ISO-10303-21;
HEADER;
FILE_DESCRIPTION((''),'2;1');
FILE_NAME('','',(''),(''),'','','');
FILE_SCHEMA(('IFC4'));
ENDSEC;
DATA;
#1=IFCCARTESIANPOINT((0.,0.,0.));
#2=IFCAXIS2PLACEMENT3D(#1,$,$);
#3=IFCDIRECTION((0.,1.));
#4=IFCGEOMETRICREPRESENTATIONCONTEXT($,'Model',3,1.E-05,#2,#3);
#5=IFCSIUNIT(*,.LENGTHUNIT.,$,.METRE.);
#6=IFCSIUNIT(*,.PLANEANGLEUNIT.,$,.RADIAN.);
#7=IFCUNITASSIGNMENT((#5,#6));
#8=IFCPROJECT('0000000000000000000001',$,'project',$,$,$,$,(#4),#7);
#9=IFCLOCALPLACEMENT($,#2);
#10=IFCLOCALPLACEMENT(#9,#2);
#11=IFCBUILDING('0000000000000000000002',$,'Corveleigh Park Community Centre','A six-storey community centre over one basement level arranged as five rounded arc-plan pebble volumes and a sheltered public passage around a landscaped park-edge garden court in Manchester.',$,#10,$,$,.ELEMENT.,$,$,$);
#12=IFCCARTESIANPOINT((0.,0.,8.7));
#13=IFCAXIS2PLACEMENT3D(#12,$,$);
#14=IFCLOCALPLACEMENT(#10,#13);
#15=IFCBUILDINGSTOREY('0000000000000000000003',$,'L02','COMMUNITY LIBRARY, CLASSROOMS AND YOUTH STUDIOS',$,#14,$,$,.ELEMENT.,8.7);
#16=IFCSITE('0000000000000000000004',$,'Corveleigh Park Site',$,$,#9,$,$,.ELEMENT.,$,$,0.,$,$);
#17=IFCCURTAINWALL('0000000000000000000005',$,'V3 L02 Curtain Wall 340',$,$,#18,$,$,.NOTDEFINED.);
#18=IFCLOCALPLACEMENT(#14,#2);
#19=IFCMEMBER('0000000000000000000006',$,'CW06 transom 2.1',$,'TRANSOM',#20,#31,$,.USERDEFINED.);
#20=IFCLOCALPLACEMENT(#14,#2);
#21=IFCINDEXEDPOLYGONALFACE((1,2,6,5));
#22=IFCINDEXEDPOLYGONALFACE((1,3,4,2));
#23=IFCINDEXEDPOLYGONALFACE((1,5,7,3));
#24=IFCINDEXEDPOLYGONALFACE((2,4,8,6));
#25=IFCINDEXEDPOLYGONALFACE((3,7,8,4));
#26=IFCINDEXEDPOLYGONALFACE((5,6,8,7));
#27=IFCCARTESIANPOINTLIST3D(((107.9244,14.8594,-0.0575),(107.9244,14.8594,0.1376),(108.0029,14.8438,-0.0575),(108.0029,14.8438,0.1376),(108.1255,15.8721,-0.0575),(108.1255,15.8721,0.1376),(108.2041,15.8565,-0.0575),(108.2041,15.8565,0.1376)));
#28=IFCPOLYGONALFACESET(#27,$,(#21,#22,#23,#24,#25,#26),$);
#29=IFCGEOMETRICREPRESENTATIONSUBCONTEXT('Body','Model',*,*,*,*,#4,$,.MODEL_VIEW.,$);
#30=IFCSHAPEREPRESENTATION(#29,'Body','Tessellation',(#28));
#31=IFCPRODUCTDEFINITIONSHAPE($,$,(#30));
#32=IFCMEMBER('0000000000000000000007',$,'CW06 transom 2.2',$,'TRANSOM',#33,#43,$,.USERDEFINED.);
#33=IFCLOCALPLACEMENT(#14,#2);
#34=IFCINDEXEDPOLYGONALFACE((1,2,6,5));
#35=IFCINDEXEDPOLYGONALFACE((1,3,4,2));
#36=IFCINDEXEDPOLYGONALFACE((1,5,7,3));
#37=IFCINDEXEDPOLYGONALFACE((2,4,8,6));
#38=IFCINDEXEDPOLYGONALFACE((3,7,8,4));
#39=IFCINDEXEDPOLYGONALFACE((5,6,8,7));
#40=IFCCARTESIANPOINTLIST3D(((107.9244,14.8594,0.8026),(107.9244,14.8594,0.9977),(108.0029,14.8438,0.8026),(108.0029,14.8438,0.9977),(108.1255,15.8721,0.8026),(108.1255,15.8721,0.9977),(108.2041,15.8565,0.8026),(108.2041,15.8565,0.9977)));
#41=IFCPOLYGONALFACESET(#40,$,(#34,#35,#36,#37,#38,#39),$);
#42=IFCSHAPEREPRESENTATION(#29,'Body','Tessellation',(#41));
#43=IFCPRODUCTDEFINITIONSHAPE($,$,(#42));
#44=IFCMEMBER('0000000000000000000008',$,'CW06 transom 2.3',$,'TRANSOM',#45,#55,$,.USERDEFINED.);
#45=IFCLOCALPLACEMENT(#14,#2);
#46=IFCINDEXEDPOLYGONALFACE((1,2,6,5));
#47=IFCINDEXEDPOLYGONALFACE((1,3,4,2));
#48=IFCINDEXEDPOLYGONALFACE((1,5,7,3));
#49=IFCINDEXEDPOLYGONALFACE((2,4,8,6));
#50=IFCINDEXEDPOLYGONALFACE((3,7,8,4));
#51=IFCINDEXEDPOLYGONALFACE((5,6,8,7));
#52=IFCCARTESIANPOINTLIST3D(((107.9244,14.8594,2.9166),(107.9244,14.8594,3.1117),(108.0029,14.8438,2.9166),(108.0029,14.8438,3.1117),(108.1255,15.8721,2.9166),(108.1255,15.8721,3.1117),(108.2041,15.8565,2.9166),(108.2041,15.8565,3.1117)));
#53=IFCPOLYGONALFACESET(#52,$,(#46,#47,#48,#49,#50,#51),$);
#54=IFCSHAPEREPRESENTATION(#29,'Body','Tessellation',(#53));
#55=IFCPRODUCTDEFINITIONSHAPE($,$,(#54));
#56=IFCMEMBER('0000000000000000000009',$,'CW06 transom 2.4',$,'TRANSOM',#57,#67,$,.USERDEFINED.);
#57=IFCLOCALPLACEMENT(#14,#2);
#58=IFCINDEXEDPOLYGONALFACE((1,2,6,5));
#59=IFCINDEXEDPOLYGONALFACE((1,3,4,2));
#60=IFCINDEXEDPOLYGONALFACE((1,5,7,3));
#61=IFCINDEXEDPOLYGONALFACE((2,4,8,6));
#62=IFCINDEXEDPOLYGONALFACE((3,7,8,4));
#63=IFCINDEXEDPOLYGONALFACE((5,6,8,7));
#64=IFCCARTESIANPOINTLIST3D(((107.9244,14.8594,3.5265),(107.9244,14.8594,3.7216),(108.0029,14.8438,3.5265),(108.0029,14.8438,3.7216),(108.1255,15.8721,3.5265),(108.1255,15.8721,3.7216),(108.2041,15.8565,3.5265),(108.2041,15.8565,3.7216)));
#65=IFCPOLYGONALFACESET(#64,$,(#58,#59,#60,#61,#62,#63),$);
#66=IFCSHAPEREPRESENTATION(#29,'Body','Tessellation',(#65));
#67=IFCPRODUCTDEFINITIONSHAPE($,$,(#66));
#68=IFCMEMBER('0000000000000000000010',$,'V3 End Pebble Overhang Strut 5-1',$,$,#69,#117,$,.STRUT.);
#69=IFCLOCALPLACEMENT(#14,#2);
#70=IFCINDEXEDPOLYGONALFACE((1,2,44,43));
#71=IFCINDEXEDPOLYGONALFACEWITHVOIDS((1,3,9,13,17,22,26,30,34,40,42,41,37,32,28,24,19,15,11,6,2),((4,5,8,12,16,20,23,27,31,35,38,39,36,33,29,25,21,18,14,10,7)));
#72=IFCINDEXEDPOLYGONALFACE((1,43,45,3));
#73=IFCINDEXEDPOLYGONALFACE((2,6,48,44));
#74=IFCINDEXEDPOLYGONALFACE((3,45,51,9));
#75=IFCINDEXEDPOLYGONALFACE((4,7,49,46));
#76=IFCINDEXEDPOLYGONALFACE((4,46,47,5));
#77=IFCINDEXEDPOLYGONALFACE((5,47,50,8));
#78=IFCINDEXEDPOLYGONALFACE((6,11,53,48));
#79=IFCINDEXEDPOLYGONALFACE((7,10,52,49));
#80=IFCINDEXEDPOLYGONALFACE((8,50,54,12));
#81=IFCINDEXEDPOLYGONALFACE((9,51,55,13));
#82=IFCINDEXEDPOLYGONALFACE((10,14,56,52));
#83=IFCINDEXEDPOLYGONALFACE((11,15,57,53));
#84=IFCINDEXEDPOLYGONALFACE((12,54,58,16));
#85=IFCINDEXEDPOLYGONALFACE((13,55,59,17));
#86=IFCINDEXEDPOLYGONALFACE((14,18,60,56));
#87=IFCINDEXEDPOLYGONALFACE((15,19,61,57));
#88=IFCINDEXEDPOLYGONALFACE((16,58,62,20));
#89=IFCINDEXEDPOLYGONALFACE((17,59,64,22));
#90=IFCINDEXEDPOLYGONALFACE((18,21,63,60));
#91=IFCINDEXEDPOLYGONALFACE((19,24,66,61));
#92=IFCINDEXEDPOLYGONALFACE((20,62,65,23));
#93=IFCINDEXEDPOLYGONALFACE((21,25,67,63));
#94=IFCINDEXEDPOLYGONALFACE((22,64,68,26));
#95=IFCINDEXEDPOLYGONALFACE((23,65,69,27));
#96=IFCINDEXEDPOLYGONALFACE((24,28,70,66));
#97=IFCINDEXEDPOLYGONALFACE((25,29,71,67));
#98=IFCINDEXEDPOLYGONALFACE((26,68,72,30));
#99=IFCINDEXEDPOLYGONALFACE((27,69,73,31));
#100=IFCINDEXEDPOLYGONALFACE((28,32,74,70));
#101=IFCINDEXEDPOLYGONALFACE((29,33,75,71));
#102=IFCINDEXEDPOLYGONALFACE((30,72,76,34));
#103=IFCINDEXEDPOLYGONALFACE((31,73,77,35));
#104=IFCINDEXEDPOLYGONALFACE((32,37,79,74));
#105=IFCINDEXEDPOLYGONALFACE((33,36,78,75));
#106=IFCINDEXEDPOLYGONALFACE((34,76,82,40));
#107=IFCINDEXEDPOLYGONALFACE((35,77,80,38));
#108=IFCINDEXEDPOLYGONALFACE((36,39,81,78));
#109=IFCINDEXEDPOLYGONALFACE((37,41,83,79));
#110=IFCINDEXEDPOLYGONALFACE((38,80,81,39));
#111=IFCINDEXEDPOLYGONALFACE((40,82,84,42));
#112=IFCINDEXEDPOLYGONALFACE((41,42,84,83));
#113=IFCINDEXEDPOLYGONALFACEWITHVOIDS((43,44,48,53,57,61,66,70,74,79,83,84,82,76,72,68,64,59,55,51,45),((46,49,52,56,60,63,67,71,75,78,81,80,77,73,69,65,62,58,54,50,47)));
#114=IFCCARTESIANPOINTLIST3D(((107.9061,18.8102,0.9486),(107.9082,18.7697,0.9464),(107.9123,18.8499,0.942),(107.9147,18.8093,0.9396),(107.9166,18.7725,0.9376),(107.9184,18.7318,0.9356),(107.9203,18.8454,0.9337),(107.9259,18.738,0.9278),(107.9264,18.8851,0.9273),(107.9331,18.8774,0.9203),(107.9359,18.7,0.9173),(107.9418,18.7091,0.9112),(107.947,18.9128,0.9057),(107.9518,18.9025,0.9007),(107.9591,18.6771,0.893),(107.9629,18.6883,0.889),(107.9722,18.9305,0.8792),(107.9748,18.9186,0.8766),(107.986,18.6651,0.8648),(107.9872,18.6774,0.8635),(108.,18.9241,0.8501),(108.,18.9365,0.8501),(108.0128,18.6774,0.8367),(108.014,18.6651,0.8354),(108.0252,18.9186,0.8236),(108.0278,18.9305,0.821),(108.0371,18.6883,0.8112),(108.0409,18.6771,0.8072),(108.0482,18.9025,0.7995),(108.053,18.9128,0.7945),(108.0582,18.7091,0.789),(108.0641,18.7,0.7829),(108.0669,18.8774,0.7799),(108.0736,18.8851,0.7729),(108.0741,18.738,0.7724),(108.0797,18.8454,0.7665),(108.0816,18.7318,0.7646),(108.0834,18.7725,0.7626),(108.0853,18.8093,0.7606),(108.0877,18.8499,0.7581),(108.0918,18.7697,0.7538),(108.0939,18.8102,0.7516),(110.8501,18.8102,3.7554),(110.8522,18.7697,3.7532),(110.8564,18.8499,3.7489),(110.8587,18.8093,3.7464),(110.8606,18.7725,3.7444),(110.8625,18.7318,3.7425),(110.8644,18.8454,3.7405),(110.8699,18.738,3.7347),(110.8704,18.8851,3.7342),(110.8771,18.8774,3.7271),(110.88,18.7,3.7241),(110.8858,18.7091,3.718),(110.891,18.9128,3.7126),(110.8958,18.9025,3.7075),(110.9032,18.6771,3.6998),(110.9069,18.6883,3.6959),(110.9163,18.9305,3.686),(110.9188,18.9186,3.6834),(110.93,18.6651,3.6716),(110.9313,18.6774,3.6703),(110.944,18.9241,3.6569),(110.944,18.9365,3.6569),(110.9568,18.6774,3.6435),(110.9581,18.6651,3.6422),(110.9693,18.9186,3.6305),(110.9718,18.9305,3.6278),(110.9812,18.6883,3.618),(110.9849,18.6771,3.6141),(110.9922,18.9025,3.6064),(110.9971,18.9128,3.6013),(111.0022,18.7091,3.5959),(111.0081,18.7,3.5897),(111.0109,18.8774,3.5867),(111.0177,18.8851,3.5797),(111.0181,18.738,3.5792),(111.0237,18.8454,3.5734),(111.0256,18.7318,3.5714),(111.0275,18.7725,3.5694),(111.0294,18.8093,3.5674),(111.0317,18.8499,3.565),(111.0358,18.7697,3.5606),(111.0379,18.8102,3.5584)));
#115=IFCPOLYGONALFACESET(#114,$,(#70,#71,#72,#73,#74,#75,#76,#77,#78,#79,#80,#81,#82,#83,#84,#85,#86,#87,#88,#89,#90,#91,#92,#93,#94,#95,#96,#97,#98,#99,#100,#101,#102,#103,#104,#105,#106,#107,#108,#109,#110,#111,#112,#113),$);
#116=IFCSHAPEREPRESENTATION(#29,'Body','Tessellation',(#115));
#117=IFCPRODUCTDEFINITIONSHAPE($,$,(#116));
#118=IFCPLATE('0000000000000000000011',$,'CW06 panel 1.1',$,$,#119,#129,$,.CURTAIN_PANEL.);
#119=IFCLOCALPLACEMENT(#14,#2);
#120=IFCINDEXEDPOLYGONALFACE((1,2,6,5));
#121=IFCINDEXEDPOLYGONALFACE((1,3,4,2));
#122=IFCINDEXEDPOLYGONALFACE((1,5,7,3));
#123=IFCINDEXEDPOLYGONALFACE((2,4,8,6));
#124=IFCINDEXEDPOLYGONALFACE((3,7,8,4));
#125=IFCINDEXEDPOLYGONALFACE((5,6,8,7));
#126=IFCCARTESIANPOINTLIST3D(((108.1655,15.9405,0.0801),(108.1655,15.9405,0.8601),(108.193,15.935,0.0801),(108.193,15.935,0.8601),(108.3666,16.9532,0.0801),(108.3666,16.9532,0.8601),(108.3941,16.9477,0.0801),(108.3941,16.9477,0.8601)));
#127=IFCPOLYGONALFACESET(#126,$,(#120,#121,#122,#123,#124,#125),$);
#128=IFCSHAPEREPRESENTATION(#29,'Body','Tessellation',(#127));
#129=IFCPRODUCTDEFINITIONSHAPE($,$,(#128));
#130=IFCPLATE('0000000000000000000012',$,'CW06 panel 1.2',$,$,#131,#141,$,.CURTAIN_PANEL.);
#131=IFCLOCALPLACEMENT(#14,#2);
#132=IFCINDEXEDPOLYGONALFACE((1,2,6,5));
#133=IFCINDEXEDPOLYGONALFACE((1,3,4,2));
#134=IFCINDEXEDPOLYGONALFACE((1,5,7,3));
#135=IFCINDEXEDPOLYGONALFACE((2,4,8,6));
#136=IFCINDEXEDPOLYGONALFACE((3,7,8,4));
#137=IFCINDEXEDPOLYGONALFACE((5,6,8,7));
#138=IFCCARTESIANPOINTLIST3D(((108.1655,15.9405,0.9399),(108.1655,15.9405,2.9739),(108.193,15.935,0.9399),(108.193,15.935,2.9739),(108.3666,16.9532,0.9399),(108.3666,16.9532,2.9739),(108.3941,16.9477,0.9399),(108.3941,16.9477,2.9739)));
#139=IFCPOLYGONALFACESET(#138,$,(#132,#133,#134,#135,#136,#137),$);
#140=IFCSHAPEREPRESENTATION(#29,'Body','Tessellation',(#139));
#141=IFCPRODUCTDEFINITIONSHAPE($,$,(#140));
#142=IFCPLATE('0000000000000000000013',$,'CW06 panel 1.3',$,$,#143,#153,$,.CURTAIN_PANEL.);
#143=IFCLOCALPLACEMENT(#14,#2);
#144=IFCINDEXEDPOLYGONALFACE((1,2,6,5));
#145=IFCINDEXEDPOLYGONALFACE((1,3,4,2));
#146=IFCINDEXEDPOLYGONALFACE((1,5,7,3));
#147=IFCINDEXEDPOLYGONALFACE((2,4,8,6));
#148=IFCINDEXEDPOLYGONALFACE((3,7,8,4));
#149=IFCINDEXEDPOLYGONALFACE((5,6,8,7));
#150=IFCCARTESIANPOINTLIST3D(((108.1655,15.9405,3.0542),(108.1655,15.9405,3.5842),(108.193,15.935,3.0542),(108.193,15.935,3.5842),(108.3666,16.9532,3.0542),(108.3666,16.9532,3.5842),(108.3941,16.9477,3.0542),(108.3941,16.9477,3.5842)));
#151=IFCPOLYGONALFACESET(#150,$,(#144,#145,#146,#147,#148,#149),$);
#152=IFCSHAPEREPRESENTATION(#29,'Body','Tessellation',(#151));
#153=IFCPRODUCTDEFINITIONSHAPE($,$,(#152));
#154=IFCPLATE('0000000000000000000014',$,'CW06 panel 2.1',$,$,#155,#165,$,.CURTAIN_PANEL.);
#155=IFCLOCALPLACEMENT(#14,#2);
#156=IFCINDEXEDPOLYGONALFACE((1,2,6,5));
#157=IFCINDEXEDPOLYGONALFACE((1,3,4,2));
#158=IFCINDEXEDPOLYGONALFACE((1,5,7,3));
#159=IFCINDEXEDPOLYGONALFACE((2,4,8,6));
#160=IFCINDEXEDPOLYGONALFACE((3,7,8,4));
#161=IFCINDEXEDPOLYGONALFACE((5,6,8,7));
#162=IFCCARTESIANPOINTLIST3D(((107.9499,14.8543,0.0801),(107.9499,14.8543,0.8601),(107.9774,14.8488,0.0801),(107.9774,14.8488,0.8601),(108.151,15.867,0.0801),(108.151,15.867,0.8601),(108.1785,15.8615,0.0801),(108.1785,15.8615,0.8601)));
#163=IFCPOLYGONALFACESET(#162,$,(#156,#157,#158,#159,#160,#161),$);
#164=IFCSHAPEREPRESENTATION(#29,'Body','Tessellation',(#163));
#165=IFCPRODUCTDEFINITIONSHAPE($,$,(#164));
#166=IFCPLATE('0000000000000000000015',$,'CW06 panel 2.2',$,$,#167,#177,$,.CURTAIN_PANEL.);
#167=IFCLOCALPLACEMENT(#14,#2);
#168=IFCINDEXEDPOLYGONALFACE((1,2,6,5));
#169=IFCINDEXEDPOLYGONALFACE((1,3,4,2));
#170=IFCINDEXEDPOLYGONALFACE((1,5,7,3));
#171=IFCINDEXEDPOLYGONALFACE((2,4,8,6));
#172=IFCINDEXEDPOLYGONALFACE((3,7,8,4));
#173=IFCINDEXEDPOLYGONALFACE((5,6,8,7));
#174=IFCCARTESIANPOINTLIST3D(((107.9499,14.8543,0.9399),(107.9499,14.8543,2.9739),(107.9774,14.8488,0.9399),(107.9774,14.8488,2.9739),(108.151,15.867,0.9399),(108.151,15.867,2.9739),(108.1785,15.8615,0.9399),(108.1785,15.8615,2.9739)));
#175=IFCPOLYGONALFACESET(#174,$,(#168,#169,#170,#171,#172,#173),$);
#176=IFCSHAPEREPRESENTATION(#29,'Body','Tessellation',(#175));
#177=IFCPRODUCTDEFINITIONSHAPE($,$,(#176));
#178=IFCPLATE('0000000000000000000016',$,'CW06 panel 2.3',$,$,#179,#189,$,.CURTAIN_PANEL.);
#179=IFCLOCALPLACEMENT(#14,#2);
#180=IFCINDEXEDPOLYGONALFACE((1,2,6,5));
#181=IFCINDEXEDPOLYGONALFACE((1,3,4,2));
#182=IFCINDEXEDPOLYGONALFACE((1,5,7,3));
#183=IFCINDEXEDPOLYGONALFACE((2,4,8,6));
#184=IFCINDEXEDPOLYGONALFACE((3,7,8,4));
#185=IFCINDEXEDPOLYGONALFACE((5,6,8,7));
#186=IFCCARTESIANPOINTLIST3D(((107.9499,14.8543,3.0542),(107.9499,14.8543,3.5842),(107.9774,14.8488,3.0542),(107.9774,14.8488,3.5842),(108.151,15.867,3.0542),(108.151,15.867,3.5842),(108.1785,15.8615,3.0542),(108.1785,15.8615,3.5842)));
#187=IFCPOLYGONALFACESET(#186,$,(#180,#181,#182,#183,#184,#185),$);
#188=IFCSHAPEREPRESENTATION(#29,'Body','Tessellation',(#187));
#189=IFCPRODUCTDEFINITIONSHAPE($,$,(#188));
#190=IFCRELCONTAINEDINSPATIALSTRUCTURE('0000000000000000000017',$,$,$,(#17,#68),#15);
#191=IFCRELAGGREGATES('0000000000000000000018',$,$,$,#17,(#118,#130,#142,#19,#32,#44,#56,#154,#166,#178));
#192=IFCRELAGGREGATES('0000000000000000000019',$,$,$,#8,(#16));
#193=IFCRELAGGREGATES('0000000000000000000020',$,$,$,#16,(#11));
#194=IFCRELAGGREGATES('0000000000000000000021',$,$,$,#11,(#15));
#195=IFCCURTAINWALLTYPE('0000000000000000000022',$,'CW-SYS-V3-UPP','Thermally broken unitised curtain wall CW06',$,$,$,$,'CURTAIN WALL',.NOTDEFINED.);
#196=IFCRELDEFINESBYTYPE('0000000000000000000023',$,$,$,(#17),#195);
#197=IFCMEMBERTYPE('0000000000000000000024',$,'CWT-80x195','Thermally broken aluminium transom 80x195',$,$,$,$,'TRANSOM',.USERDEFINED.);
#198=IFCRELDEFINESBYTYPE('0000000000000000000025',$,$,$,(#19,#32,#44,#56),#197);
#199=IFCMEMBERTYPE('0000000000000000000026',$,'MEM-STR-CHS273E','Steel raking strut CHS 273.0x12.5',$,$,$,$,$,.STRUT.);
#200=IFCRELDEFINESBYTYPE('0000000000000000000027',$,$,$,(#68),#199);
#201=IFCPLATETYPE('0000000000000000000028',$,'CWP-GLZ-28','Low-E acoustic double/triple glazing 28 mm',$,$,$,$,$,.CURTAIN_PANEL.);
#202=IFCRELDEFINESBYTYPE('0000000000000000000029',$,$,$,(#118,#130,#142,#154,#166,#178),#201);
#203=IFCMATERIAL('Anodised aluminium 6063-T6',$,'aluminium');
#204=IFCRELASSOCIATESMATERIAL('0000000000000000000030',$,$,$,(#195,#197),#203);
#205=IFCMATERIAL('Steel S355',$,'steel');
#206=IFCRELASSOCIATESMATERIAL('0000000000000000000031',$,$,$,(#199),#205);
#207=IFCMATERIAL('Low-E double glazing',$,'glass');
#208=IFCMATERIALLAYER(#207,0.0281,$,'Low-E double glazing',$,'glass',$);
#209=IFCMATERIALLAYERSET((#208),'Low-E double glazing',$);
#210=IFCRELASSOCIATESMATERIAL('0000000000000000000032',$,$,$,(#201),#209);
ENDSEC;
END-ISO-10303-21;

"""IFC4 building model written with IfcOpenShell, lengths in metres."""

from ifc_helpers import new_model, si_unit, direction, frame, origin, origin_2d, place, context, subcontext, project, spatial, rectangle, hollow_circle, extrude, material, layer, layer_set, material_profile, profile_set, type_object, element, aggregate, save


model = new_model("IFC4")

# Units and contexts
model_context = context("Model", 3, precision=1e-05, world=origin(), true_north=direction((0.0, 1.0)))
body_context = subcontext(model_context, "Body", "Model", "MODEL_VIEW")
ifc_project = project(units=[si_unit("LENGTHUNIT", "METRE"), si_unit("PLANEANGLEUNIT", "RADIAN")], contexts=[model_context])

# Site, building, storey
site_placement = place(None, origin())
site = spatial("IfcSite", under=ifc_project, at=site_placement, Name="Corveleigh Park Site", CompositionType="ELEMENT", RefElevation=0.0)
building_placement = place(site_placement, origin())
building = spatial("IfcBuilding", under=site, at=building_placement, Name="Corveleigh Park Community Centre", Description="A six-storey community centre over one basement level arranged as five rounded arc-plan pebble volumes and a sheltered public passage around a landscaped park-edge garden court in Manchester.", CompositionType="ELEMENT")
storey_placement = place(building_placement, frame((0.0, 0.0, 8.7)))
storey = spatial("IfcBuildingStorey", under=building, at=storey_placement, Name="L02", Description="COMMUNITY LIBRARY, CLASSROOMS AND YOUTH STUDIOS", CompositionType="ELEMENT", Elevation=8.7)

# Shared definitions
ifc_material_1 = material(Name="Steel S355", Category="steel")

# Curtain wall, members
ifc_material_2 = material(Name="Anodised aluminium 6063-T6", Category="aluminium")
curtain_wall_type = type_object("IfcCurtainWallType", Name="CW-SYS-V3-UPP", Description="Thermally broken unitised curtain wall CW06", ElementType="CURTAIN WALL", PredefinedType="NOTDEFINED", material=ifc_material_2)
curtain_wall_placement = place(storey_placement, origin())
curtain_wall = element("IfcCurtainWall", 1, at=curtain_wall_placement, inside=storey, type_object=curtain_wall_type, Name="V3 L02 Curtain Wall 340", PredefinedType="NOTDEFINED")
ifc_material_profile_1 = material_profile(ifc_material_2, rectangle(XDim=0.0801, YDim=0.1951, at=origin_2d()), Name="ALU-T80x195", Category="aluminium")
ifc_profile_set_1 = profile_set([ifc_material_profile_1], Name="Anodised aluminium 6063-T6")
member_type_1 = type_object("IfcMemberType", Name="CWT-80x195", Description="Thermally broken aluminium transom 80x195", ElementType="TRANSOM", PredefinedType="USERDEFINED", material=ifc_profile_set_1)
member_1_placement = place(storey_placement, frame((108.1648, 15.8643, 0.04), z_axis=(-0.194843, -0.980834, 0.0), x_axis=(0.980834, -0.194843, 0.0)))
member_1 = element("IfcMember", 2, at=member_1_placement, type_object=member_type_1, Name="CW06 transom 2.1", ObjectType="TRANSOM", PredefinedType="USERDEFINED", context=body_context, shape_type="SweptSolid", body=[
    extrude(rectangle(XDim=0.0801, YDim=0.1951, at=origin_2d()), origin(), (0.0, 0.0, 1.0), 1.0325),
])
member_2_placement = place(storey_placement, frame((108.1648, 15.8643, 0.9001), z_axis=(-0.194843, -0.980834, 0.0), x_axis=(0.980834, -0.194843, 0.0)))
member_2 = element("IfcMember", 3, at=member_2_placement, type_object=member_type_1, Name="CW06 transom 2.2", ObjectType="TRANSOM", PredefinedType="USERDEFINED", context=body_context, shape_type="SweptSolid", body=[
    extrude(rectangle(XDim=0.0801, YDim=0.1951, at=origin_2d()), origin(), (0.0, 0.0, 1.0), 1.0325),
])
member_3_placement = place(storey_placement, frame((108.1648, 15.8643, 3.0142), z_axis=(-0.194843, -0.980834, 0.0), x_axis=(0.980834, -0.194843, 0.0)))
member_3 = element("IfcMember", 4, at=member_3_placement, type_object=member_type_1, Name="CW06 transom 2.3", ObjectType="TRANSOM", PredefinedType="USERDEFINED", context=body_context, shape_type="SweptSolid", body=[
    extrude(rectangle(XDim=0.0801, YDim=0.1951, at=origin_2d()), origin(), (0.0, 0.0, 1.0), 1.0325),
])
member_4_placement = place(storey_placement, frame((108.1648, 15.8643, 3.624), z_axis=(-0.194843, -0.980834, 0.0), x_axis=(0.980834, -0.194843, 0.0)))
member_4 = element("IfcMember", 5, at=member_4_placement, type_object=member_type_1, Name="CW06 transom 2.4", ObjectType="TRANSOM", PredefinedType="USERDEFINED", context=body_context, shape_type="SweptSolid", body=[
    extrude(rectangle(XDim=0.0801, YDim=0.1951, at=origin_2d()), origin(), (0.0, 0.0, 1.0), 1.0325),
])

# Member
ifc_material_profile_2 = material_profile(ifc_material_1, hollow_circle(Radius=0.1365, WallThickness=0.0125, at=origin_2d()), Name="CHS 273.0x12.5", Category="steel")
ifc_profile_set_2 = profile_set([ifc_material_profile_2], Name="Steel S355")
member_type_2 = type_object("IfcMemberType", Name="MEM-STR-CHS273E", Description="Steel raking strut CHS 273.0x12.5", PredefinedType="STRUT", material=ifc_profile_set_2)
member_5_placement = place(storey_placement, frame((108.0, 18.8, 0.8501), z_axis=(0.723771, 0.0, 0.69004), x_axis=(0.0, 1.0, 0.0)))
element("IfcMember", 6, at=member_5_placement, inside=storey, type_object=member_type_2, Name="V3 End Pebble Overhang Strut 5-1", PredefinedType="STRUT", context=body_context, shape_type="SweptSolid", body=[
    extrude(hollow_circle(Radius=0.1365, WallThickness=0.0125, at=origin_2d()), origin(), (0.0, 0.0, 1.0), 4.0676),
])

# Plates
ifc_material_3 = material(Name="Low-E double glazing", Category="glass")
ifc_layer_1 = layer(ifc_material_3, 0.0281, Name="Low-E double glazing", Category="glass")
ifc_layer_set_1 = layer_set([ifc_layer_1], Name="Low-E double glazing")
plate_type_1 = type_object("IfcPlateType", Name="CWP-GLZ-28", Description="Low-E acoustic double/triple glazing 28 mm", PredefinedType="CURTAIN_PANEL", material=ifc_layer_set_1)
plate_1_placement = place(storey_placement, frame((108.2798, 16.4441, 0.0801), z_axis=(0.0, 0.0, 1.0), x_axis=(-0.194772, -0.980848, 0.0)))
plate_1 = element("IfcPlate", 7, at=plate_1_placement, type_object=plate_type_1, Name="CW06 panel 1.1", PredefinedType="CURTAIN_PANEL", context=body_context, shape_type="SweptSolid", body=[
    extrude(rectangle(XDim=1.0325, YDim=0.0281, at=origin_2d()), origin(), (0.0, 0.0, 1.0), 0.78),
])
plate_2_placement = place(storey_placement, frame((108.2798, 16.4441, 0.9399), z_axis=(0.0, 0.0, 1.0), x_axis=(-0.194772, -0.980848, 0.0)))
plate_2 = element("IfcPlate", 8, at=plate_2_placement, type_object=plate_type_1, Name="CW06 panel 1.2", PredefinedType="CURTAIN_PANEL", context=body_context, shape_type="SweptSolid", body=[
    extrude(rectangle(XDim=1.0325, YDim=0.0281, at=origin_2d()), origin(), (0.0, 0.0, 1.0), 2.0339),
])
plate_3_placement = place(storey_placement, frame((108.2798, 16.4441, 3.0542), z_axis=(0.0, 0.0, 1.0), x_axis=(-0.194772, -0.980848, 0.0)))
plate_3 = element("IfcPlate", 9, at=plate_3_placement, type_object=plate_type_1, Name="CW06 panel 1.3", PredefinedType="CURTAIN_PANEL", context=body_context, shape_type="SweptSolid", body=[
    extrude(rectangle(XDim=1.0325, YDim=0.0281, at=origin_2d()), origin(), (0.0, 0.0, 1.0), 0.53),
])
plate_4_placement = place(storey_placement, frame((108.0642, 15.3579, 0.0801), z_axis=(0.0, 0.0, 1.0), x_axis=(-0.194772, -0.980848, 0.0)))
plate_4 = element("IfcPlate", 10, at=plate_4_placement, type_object=plate_type_1, Name="CW06 panel 2.1", PredefinedType="CURTAIN_PANEL", context=body_context, shape_type="SweptSolid", body=[
    extrude(rectangle(XDim=1.0325, YDim=0.0281, at=origin_2d()), origin(), (0.0, 0.0, 1.0), 0.78),
])
plate_5_placement = place(storey_placement, frame((108.0642, 15.3579, 0.9399), z_axis=(0.0, 0.0, 1.0), x_axis=(-0.194772, -0.980848, 0.0)))
plate_5 = element("IfcPlate", 11, at=plate_5_placement, type_object=plate_type_1, Name="CW06 panel 2.2", PredefinedType="CURTAIN_PANEL", context=body_context, shape_type="SweptSolid", body=[
    extrude(rectangle(XDim=1.0325, YDim=0.0281, at=origin_2d()), origin(), (0.0, 0.0, 1.0), 2.0339),
])
plate_6_placement = place(storey_placement, frame((108.0642, 15.3579, 3.0542), z_axis=(0.0, 0.0, 1.0), x_axis=(-0.194772, -0.980848, 0.0)))
plate_6 = element("IfcPlate", 12, at=plate_6_placement, type_object=plate_type_1, Name="CW06 panel 2.3", PredefinedType="CURTAIN_PANEL", context=body_context, shape_type="SweptSolid", body=[
    extrude(rectangle(XDim=1.0325, YDim=0.0281, at=origin_2d()), origin(), (0.0, 0.0, 1.0), 0.53),
])
aggregate(curtain_wall, [plate_1, plate_2, plate_3, member_1, member_2, member_3, member_4, plate_4, plate_5, plate_6])

save(model, "model.ifc")
